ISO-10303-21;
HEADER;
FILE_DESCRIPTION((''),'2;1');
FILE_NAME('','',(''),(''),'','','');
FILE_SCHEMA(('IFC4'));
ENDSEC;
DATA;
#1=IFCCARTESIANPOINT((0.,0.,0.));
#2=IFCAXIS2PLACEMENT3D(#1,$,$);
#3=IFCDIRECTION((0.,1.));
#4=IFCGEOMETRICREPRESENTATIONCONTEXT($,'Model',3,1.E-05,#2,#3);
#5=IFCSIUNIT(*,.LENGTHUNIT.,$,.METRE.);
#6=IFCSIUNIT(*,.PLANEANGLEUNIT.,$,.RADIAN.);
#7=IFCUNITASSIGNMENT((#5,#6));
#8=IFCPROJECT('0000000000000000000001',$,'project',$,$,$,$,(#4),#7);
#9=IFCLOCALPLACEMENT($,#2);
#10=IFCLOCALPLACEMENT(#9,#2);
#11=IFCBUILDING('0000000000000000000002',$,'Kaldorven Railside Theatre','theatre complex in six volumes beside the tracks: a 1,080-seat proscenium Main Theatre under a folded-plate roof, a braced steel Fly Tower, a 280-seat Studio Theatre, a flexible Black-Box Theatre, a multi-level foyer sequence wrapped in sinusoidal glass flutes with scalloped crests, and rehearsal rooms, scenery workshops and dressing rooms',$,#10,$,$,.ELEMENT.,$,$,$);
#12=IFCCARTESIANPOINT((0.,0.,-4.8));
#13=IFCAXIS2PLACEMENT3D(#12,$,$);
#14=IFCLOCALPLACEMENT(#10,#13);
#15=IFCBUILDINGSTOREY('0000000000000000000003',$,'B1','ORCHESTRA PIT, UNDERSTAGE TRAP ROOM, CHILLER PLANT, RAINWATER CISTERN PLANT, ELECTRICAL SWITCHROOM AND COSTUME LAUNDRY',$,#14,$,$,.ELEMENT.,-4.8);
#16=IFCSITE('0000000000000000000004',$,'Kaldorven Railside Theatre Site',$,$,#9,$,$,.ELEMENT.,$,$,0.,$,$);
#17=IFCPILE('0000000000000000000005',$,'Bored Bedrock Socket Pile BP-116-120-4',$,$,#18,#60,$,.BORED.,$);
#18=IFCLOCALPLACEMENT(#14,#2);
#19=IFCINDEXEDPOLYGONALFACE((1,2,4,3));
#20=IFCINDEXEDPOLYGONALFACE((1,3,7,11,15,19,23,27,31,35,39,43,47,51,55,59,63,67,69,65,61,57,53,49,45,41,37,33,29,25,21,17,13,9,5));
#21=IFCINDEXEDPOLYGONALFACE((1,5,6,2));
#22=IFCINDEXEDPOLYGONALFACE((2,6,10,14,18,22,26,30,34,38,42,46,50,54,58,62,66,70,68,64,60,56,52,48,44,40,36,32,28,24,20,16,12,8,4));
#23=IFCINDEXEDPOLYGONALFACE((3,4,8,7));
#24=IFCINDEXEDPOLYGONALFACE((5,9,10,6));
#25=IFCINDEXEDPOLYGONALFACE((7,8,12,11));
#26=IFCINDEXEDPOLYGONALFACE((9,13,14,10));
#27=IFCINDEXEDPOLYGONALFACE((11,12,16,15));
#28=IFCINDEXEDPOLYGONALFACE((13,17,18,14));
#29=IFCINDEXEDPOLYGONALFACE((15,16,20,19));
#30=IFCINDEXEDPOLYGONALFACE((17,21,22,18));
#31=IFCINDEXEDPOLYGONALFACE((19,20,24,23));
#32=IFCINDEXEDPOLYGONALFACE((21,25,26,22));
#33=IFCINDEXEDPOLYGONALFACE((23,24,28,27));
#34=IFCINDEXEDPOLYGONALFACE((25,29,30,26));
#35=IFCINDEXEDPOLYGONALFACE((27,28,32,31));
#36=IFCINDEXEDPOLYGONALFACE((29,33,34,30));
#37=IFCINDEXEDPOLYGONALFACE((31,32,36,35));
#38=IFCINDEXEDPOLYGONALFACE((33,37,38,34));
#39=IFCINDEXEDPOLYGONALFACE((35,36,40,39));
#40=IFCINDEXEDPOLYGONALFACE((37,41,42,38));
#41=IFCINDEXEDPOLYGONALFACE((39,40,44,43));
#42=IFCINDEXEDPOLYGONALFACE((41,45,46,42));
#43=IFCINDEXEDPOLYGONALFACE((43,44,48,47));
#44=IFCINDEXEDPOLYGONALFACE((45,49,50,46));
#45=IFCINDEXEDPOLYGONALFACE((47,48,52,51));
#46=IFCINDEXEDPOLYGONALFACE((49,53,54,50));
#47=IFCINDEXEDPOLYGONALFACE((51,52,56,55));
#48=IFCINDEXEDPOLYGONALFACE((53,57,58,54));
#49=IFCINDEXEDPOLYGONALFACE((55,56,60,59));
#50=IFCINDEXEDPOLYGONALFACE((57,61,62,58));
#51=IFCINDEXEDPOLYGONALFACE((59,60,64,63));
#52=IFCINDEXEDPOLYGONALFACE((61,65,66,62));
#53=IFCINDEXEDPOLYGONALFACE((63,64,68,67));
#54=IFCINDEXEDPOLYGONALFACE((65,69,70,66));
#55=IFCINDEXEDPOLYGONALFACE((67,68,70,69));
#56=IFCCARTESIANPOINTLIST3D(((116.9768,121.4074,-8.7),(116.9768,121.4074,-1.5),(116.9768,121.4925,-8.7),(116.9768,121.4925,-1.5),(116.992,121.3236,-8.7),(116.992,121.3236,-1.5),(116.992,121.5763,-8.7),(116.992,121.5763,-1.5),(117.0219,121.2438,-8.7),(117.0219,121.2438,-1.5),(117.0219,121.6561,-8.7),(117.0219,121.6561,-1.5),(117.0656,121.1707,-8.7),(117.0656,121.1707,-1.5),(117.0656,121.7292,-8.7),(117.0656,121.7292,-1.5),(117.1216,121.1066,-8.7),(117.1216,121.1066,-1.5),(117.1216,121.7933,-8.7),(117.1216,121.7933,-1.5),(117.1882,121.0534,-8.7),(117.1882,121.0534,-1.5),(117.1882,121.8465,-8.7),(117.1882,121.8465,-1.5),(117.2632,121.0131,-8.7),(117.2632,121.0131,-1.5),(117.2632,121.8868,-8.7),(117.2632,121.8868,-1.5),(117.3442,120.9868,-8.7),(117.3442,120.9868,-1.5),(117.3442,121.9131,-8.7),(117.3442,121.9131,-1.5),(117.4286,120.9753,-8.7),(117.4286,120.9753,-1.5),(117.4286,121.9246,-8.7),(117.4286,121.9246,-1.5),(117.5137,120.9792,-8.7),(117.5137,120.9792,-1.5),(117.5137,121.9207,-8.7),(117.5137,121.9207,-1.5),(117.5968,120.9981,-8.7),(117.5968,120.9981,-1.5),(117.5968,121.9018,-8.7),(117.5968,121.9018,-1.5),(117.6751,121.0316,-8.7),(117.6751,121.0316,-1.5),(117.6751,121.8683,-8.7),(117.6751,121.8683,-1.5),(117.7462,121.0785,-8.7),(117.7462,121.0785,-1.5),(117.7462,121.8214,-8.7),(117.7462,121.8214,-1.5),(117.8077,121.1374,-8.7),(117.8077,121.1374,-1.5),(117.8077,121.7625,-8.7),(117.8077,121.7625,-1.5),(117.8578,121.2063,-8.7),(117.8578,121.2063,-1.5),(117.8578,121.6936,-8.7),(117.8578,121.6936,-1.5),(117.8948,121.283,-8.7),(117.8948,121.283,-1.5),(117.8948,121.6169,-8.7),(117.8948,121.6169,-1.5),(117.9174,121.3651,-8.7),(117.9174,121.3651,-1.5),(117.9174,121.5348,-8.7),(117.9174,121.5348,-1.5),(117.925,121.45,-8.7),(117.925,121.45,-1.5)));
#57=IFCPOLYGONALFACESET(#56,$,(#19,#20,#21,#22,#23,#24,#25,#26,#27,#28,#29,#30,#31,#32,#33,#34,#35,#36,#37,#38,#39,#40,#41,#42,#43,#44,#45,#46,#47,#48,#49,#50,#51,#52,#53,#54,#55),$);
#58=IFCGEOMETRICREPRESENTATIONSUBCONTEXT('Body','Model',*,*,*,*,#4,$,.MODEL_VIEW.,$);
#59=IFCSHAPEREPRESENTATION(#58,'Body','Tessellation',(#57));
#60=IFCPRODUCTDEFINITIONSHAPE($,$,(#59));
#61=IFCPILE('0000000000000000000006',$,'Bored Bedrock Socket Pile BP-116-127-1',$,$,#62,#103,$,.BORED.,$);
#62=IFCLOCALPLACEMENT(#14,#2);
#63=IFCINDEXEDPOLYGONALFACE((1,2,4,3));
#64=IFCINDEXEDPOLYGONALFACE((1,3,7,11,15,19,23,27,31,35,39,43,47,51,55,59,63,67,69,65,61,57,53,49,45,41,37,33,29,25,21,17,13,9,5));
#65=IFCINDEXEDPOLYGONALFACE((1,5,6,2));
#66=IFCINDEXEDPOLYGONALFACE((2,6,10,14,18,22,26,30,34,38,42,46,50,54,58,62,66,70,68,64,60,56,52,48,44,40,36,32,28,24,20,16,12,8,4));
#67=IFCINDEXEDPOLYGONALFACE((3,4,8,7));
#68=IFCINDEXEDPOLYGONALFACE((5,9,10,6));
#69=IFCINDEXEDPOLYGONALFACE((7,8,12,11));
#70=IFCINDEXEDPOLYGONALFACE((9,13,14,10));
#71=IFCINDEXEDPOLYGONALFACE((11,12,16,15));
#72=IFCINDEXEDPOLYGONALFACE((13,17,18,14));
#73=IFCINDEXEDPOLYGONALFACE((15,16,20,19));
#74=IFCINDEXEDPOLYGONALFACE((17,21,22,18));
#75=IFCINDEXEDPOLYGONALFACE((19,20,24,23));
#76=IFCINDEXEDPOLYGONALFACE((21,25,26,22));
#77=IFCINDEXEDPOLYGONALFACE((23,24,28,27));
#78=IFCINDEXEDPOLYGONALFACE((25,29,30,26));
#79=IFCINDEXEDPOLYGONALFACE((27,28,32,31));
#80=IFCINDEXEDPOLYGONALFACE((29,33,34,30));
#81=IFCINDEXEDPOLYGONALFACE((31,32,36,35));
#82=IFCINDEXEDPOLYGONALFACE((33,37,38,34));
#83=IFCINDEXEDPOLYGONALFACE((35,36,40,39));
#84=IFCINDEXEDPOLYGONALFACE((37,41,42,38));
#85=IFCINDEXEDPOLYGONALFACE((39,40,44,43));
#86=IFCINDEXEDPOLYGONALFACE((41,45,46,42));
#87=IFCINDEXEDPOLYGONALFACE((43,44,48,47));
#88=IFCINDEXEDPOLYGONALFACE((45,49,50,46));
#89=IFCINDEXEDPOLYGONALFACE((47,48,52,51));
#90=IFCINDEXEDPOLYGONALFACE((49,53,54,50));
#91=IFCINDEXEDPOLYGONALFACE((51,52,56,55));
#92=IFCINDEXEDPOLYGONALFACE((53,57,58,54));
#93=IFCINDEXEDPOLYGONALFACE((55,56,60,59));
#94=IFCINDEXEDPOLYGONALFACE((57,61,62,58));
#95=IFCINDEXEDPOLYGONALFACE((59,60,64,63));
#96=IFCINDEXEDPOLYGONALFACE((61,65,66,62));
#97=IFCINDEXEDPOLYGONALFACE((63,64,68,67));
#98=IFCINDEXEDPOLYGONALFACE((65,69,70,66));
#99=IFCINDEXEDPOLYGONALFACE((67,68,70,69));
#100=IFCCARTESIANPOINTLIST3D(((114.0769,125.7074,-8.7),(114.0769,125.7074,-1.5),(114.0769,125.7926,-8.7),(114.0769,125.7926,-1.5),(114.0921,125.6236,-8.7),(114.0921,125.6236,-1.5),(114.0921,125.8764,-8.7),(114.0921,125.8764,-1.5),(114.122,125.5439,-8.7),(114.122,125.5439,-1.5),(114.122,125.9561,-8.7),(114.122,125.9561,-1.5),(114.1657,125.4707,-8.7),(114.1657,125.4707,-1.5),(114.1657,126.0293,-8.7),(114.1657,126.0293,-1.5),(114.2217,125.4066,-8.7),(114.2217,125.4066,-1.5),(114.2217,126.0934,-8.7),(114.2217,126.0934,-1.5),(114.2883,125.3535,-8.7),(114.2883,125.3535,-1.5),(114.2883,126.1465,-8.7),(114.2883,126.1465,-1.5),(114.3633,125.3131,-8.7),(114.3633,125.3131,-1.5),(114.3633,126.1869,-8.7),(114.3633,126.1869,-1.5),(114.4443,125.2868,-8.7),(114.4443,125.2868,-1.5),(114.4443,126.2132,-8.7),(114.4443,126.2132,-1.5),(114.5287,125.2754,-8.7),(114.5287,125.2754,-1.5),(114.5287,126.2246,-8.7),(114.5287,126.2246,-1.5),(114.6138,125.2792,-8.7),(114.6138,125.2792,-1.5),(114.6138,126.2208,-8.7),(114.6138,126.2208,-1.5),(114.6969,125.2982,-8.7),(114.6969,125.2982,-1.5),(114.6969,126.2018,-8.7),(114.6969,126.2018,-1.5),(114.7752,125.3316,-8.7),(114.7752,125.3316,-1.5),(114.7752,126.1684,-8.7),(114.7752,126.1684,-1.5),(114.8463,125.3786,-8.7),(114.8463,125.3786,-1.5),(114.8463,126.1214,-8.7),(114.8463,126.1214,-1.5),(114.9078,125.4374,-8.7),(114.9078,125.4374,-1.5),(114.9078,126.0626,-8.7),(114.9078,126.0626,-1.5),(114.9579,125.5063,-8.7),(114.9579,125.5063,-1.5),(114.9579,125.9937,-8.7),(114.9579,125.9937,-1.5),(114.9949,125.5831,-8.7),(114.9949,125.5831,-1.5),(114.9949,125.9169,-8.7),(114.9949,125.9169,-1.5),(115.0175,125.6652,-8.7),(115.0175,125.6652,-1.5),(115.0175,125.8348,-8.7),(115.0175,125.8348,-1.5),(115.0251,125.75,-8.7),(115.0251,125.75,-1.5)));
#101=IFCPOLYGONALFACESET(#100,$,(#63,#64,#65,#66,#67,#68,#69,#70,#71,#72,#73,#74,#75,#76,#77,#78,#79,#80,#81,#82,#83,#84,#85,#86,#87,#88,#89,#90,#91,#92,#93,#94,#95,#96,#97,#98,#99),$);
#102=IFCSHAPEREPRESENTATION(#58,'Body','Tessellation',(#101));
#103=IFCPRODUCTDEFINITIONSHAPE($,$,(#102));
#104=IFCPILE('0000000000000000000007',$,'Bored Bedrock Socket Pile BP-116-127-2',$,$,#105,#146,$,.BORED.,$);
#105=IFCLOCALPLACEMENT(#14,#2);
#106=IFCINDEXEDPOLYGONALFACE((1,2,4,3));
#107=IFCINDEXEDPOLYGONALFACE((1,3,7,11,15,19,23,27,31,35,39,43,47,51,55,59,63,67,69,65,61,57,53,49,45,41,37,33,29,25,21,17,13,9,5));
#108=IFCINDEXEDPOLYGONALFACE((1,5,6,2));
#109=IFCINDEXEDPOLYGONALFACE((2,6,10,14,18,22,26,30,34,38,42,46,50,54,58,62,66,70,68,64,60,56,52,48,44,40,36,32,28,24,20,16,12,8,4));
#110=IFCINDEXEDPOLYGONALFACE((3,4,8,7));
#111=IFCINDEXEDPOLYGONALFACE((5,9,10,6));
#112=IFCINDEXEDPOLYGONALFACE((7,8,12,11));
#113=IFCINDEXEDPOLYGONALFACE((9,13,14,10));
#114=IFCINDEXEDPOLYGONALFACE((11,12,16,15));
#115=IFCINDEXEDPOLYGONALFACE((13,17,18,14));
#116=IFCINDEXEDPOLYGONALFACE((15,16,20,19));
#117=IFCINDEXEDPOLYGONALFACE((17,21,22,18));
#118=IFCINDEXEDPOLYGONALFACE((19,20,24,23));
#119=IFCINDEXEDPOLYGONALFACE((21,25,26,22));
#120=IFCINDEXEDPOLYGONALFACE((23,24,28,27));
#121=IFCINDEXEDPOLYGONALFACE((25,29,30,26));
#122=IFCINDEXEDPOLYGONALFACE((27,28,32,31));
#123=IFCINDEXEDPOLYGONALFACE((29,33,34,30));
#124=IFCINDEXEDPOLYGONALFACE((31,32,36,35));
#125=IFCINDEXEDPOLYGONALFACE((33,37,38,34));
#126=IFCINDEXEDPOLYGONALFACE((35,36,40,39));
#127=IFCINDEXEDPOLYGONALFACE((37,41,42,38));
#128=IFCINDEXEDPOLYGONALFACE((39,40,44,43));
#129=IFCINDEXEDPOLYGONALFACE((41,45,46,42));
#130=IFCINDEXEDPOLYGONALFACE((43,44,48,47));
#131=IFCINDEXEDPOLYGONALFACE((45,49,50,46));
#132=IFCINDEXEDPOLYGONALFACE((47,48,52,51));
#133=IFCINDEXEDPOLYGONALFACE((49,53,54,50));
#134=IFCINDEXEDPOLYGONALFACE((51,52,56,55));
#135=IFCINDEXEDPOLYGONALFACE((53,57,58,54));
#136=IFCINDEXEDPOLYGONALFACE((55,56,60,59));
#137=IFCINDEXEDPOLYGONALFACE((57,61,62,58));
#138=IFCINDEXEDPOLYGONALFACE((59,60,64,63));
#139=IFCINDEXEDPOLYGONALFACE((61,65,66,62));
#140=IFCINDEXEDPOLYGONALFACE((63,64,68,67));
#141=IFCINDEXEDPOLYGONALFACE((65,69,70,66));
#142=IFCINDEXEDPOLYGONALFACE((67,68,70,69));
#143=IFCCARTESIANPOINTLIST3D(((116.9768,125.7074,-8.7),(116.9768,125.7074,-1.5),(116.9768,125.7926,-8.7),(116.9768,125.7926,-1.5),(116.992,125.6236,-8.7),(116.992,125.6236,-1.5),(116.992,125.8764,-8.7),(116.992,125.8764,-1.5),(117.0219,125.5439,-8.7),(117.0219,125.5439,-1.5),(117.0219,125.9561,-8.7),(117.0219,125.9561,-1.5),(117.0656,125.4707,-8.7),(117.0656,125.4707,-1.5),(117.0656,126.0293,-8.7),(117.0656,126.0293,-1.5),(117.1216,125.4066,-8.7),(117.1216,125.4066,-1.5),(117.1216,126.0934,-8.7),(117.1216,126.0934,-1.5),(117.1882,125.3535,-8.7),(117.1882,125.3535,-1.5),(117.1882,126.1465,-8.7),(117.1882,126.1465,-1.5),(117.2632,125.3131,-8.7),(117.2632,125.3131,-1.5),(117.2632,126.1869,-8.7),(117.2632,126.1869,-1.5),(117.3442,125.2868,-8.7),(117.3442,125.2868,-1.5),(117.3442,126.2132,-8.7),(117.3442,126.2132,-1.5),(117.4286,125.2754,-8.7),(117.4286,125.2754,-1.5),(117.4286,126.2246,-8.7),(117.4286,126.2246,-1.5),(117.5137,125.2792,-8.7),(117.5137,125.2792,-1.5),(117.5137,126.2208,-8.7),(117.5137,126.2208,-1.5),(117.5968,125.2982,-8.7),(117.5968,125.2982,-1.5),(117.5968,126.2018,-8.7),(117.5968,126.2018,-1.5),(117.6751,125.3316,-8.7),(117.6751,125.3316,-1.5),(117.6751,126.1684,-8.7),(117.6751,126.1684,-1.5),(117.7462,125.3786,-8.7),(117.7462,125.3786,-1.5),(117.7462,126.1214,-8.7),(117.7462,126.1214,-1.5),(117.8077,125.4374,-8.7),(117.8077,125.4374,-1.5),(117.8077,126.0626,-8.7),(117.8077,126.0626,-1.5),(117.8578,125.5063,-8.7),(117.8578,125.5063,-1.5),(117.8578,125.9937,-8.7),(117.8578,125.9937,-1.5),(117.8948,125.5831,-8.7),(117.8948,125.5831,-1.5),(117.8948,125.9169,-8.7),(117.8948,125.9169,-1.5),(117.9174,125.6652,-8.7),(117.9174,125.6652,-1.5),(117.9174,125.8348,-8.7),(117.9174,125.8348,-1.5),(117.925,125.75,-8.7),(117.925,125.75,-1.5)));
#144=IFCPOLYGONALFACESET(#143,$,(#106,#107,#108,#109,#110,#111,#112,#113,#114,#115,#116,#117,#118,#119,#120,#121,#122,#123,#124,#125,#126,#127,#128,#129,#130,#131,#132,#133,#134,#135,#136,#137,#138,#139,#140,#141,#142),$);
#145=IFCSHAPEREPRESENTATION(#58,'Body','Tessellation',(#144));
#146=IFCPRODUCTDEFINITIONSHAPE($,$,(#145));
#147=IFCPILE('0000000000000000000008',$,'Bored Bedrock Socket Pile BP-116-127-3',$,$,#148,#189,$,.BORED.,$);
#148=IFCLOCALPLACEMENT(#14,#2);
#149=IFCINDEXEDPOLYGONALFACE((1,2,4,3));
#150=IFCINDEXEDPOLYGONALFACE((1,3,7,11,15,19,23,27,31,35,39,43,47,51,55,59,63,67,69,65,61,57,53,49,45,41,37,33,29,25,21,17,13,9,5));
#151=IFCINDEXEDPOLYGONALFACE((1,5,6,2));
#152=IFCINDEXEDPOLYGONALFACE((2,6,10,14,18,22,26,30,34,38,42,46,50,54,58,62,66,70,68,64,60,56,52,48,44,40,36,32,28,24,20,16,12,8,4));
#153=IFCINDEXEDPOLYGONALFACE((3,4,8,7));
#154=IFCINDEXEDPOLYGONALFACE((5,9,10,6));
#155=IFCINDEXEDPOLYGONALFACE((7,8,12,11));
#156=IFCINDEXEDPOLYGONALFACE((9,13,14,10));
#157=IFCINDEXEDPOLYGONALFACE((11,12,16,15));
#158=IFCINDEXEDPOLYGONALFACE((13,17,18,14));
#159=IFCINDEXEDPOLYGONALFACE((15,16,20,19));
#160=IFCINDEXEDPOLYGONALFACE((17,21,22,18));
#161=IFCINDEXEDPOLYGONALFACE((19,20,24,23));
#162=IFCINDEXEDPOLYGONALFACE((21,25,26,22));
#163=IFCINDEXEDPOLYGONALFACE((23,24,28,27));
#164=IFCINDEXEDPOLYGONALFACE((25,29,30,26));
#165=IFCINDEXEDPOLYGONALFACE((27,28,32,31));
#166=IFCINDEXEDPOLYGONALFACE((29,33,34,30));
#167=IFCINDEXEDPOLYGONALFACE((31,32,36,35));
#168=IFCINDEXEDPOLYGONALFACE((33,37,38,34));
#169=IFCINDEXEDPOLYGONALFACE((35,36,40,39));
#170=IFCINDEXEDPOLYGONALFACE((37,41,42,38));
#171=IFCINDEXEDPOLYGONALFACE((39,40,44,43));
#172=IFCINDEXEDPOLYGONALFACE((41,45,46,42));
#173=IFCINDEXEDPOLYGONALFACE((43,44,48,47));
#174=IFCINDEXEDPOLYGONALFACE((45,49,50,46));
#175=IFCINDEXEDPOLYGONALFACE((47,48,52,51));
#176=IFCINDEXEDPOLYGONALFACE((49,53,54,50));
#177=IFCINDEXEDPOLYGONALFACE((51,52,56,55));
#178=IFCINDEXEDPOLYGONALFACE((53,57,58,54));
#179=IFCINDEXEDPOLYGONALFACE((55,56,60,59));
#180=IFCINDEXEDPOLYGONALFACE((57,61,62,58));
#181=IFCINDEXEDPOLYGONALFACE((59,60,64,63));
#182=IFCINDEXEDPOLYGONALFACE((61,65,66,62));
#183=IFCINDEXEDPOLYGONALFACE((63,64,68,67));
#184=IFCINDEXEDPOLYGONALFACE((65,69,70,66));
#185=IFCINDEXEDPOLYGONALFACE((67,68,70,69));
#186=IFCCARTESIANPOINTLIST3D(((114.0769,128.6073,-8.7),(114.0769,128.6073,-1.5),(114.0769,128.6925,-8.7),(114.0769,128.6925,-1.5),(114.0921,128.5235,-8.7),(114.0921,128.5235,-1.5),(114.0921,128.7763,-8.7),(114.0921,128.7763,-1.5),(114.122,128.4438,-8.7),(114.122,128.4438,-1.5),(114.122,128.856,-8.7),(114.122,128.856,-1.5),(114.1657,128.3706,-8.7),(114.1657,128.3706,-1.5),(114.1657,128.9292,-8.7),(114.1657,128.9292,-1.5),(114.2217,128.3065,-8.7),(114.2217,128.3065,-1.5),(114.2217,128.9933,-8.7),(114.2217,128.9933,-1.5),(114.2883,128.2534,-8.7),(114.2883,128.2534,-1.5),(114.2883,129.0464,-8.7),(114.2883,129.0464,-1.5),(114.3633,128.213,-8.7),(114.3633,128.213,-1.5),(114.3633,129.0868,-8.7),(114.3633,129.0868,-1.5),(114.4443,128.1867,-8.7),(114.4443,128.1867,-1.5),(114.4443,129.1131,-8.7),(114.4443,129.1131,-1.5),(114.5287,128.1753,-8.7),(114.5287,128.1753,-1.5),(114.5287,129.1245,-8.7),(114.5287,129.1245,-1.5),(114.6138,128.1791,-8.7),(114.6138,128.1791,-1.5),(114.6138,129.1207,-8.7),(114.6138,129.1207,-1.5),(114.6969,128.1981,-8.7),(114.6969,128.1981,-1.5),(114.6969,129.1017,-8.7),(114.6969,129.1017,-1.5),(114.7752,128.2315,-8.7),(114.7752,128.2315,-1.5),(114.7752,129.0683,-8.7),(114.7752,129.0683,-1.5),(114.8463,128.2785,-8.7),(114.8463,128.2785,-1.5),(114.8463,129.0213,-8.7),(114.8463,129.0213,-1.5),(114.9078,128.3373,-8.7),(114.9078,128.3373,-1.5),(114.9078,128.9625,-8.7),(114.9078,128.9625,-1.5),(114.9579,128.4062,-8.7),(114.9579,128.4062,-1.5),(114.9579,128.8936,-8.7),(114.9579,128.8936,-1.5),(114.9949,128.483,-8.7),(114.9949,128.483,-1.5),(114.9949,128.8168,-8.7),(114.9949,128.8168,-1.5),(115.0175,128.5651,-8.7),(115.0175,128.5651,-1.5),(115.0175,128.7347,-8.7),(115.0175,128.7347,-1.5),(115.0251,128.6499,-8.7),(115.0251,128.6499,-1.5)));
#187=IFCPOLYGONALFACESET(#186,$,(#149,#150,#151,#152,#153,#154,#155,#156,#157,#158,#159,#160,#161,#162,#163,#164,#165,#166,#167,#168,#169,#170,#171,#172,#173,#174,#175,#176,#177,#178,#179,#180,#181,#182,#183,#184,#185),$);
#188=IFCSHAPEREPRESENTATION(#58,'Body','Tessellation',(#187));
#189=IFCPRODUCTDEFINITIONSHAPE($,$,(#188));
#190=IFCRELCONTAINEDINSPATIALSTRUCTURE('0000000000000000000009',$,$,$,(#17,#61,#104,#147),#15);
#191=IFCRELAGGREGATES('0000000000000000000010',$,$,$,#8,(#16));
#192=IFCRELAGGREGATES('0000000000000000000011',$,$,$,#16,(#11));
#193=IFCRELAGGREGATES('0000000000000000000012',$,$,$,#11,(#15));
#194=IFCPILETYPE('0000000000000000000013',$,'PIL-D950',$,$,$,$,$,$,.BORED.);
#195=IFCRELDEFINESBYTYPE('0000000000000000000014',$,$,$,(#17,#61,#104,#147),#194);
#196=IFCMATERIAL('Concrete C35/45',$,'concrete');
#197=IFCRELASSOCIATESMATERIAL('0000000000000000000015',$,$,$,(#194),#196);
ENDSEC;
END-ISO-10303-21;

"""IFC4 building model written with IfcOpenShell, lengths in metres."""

from ifc_helpers import new_model, si_unit, direction, frame, origin, origin_2d, place, context, subcontext, project, spatial, circle, extrude, material, material_profile, profile_set, type_object, element, save


model = new_model("IFC4")

# Units and contexts
model_context = context("Model", 3, precision=1e-05, world=origin(), true_north=direction((0.0, 1.0)))
body_context = subcontext(model_context, "Body", "Model", "MODEL_VIEW")
ifc_project = project(units=[si_unit("LENGTHUNIT", "METRE"), si_unit("PLANEANGLEUNIT", "RADIAN")], contexts=[model_context])

# Site, building, storey
site_placement = place(None, origin())
site = spatial("IfcSite", under=ifc_project, at=site_placement, Name="Kaldorven Railside Theatre Site", CompositionType="ELEMENT", RefElevation=0.0)
building_placement = place(site_placement, origin())
building = spatial("IfcBuilding", under=site, at=building_placement, Name="Kaldorven Railside Theatre", Description="theatre complex in six volumes beside the tracks: a 1,080-seat proscenium Main Theatre under a folded-plate roof, a braced steel Fly Tower, a 280-seat Studio Theatre, a flexible Black-Box Theatre, a multi-level foyer sequence wrapped in sinusoidal glass flutes with scalloped crests, and rehearsal rooms, scenery workshops and dressing rooms", CompositionType="ELEMENT")
storey_placement = place(building_placement, frame((0.0, 0.0, -4.8)))
storey = spatial("IfcBuildingStorey", under=building, at=storey_placement, Name="B1", Description="ORCHESTRA PIT, UNDERSTAGE TRAP ROOM, CHILLER PLANT, RAINWATER CISTERN PLANT, ELECTRICAL SWITCHROOM AND COSTUME LAUNDRY", CompositionType="ELEMENT", Elevation=-4.8)

# Piles
ifc_material_1 = material(Name="Concrete C35/45", Category="concrete")
ifc_material_profile_1 = material_profile(ifc_material_1, circle(Radius=0.4751, at=origin_2d()), Name="BP D950")
ifc_profile_set_1 = profile_set([ifc_material_profile_1], Name="Concrete C35/45")
pile_type_1 = type_object("IfcPileType", Name="PIL-D950", PredefinedType="BORED", material=ifc_profile_set_1)
for number, where, z_axis, x_axis, name in (
    (1, (117.45, 121.45, -1.5), (0.0, 0.0, -1.0), (1.0, 0.0, 0.0), "Bored Bedrock Socket Pile BP-116-120-4"),
    (2, (114.55, 125.75, -1.5), (0.0, 0.0, -1.0), (1.0, 0.0, 0.0), "Bored Bedrock Socket Pile BP-116-127-1"),
    (3, (117.45, 125.75, -1.5), (0.0, 0.0, -1.0), (1.0, 0.0, 0.0), "Bored Bedrock Socket Pile BP-116-127-2"),
    (4, (114.55, 128.6499, -1.5), (0.0, 0.0, -1.0), (1.0, 0.0, 0.0), "Bored Bedrock Socket Pile BP-116-127-3"),
):
    element("IfcPile", number, at=place(storey_placement, frame(where, z_axis=z_axis, x_axis=x_axis)), inside=storey, type_object=pile_type_1, Name=name, PredefinedType="BORED", context=body_context, shape_type="SweptSolid", body=[
        extrude(circle(Radius=0.4751, at=origin_2d()), origin(), (0.0, 0.0, 1.0), 7.2),
    ])

save(model, "model.ifc")
